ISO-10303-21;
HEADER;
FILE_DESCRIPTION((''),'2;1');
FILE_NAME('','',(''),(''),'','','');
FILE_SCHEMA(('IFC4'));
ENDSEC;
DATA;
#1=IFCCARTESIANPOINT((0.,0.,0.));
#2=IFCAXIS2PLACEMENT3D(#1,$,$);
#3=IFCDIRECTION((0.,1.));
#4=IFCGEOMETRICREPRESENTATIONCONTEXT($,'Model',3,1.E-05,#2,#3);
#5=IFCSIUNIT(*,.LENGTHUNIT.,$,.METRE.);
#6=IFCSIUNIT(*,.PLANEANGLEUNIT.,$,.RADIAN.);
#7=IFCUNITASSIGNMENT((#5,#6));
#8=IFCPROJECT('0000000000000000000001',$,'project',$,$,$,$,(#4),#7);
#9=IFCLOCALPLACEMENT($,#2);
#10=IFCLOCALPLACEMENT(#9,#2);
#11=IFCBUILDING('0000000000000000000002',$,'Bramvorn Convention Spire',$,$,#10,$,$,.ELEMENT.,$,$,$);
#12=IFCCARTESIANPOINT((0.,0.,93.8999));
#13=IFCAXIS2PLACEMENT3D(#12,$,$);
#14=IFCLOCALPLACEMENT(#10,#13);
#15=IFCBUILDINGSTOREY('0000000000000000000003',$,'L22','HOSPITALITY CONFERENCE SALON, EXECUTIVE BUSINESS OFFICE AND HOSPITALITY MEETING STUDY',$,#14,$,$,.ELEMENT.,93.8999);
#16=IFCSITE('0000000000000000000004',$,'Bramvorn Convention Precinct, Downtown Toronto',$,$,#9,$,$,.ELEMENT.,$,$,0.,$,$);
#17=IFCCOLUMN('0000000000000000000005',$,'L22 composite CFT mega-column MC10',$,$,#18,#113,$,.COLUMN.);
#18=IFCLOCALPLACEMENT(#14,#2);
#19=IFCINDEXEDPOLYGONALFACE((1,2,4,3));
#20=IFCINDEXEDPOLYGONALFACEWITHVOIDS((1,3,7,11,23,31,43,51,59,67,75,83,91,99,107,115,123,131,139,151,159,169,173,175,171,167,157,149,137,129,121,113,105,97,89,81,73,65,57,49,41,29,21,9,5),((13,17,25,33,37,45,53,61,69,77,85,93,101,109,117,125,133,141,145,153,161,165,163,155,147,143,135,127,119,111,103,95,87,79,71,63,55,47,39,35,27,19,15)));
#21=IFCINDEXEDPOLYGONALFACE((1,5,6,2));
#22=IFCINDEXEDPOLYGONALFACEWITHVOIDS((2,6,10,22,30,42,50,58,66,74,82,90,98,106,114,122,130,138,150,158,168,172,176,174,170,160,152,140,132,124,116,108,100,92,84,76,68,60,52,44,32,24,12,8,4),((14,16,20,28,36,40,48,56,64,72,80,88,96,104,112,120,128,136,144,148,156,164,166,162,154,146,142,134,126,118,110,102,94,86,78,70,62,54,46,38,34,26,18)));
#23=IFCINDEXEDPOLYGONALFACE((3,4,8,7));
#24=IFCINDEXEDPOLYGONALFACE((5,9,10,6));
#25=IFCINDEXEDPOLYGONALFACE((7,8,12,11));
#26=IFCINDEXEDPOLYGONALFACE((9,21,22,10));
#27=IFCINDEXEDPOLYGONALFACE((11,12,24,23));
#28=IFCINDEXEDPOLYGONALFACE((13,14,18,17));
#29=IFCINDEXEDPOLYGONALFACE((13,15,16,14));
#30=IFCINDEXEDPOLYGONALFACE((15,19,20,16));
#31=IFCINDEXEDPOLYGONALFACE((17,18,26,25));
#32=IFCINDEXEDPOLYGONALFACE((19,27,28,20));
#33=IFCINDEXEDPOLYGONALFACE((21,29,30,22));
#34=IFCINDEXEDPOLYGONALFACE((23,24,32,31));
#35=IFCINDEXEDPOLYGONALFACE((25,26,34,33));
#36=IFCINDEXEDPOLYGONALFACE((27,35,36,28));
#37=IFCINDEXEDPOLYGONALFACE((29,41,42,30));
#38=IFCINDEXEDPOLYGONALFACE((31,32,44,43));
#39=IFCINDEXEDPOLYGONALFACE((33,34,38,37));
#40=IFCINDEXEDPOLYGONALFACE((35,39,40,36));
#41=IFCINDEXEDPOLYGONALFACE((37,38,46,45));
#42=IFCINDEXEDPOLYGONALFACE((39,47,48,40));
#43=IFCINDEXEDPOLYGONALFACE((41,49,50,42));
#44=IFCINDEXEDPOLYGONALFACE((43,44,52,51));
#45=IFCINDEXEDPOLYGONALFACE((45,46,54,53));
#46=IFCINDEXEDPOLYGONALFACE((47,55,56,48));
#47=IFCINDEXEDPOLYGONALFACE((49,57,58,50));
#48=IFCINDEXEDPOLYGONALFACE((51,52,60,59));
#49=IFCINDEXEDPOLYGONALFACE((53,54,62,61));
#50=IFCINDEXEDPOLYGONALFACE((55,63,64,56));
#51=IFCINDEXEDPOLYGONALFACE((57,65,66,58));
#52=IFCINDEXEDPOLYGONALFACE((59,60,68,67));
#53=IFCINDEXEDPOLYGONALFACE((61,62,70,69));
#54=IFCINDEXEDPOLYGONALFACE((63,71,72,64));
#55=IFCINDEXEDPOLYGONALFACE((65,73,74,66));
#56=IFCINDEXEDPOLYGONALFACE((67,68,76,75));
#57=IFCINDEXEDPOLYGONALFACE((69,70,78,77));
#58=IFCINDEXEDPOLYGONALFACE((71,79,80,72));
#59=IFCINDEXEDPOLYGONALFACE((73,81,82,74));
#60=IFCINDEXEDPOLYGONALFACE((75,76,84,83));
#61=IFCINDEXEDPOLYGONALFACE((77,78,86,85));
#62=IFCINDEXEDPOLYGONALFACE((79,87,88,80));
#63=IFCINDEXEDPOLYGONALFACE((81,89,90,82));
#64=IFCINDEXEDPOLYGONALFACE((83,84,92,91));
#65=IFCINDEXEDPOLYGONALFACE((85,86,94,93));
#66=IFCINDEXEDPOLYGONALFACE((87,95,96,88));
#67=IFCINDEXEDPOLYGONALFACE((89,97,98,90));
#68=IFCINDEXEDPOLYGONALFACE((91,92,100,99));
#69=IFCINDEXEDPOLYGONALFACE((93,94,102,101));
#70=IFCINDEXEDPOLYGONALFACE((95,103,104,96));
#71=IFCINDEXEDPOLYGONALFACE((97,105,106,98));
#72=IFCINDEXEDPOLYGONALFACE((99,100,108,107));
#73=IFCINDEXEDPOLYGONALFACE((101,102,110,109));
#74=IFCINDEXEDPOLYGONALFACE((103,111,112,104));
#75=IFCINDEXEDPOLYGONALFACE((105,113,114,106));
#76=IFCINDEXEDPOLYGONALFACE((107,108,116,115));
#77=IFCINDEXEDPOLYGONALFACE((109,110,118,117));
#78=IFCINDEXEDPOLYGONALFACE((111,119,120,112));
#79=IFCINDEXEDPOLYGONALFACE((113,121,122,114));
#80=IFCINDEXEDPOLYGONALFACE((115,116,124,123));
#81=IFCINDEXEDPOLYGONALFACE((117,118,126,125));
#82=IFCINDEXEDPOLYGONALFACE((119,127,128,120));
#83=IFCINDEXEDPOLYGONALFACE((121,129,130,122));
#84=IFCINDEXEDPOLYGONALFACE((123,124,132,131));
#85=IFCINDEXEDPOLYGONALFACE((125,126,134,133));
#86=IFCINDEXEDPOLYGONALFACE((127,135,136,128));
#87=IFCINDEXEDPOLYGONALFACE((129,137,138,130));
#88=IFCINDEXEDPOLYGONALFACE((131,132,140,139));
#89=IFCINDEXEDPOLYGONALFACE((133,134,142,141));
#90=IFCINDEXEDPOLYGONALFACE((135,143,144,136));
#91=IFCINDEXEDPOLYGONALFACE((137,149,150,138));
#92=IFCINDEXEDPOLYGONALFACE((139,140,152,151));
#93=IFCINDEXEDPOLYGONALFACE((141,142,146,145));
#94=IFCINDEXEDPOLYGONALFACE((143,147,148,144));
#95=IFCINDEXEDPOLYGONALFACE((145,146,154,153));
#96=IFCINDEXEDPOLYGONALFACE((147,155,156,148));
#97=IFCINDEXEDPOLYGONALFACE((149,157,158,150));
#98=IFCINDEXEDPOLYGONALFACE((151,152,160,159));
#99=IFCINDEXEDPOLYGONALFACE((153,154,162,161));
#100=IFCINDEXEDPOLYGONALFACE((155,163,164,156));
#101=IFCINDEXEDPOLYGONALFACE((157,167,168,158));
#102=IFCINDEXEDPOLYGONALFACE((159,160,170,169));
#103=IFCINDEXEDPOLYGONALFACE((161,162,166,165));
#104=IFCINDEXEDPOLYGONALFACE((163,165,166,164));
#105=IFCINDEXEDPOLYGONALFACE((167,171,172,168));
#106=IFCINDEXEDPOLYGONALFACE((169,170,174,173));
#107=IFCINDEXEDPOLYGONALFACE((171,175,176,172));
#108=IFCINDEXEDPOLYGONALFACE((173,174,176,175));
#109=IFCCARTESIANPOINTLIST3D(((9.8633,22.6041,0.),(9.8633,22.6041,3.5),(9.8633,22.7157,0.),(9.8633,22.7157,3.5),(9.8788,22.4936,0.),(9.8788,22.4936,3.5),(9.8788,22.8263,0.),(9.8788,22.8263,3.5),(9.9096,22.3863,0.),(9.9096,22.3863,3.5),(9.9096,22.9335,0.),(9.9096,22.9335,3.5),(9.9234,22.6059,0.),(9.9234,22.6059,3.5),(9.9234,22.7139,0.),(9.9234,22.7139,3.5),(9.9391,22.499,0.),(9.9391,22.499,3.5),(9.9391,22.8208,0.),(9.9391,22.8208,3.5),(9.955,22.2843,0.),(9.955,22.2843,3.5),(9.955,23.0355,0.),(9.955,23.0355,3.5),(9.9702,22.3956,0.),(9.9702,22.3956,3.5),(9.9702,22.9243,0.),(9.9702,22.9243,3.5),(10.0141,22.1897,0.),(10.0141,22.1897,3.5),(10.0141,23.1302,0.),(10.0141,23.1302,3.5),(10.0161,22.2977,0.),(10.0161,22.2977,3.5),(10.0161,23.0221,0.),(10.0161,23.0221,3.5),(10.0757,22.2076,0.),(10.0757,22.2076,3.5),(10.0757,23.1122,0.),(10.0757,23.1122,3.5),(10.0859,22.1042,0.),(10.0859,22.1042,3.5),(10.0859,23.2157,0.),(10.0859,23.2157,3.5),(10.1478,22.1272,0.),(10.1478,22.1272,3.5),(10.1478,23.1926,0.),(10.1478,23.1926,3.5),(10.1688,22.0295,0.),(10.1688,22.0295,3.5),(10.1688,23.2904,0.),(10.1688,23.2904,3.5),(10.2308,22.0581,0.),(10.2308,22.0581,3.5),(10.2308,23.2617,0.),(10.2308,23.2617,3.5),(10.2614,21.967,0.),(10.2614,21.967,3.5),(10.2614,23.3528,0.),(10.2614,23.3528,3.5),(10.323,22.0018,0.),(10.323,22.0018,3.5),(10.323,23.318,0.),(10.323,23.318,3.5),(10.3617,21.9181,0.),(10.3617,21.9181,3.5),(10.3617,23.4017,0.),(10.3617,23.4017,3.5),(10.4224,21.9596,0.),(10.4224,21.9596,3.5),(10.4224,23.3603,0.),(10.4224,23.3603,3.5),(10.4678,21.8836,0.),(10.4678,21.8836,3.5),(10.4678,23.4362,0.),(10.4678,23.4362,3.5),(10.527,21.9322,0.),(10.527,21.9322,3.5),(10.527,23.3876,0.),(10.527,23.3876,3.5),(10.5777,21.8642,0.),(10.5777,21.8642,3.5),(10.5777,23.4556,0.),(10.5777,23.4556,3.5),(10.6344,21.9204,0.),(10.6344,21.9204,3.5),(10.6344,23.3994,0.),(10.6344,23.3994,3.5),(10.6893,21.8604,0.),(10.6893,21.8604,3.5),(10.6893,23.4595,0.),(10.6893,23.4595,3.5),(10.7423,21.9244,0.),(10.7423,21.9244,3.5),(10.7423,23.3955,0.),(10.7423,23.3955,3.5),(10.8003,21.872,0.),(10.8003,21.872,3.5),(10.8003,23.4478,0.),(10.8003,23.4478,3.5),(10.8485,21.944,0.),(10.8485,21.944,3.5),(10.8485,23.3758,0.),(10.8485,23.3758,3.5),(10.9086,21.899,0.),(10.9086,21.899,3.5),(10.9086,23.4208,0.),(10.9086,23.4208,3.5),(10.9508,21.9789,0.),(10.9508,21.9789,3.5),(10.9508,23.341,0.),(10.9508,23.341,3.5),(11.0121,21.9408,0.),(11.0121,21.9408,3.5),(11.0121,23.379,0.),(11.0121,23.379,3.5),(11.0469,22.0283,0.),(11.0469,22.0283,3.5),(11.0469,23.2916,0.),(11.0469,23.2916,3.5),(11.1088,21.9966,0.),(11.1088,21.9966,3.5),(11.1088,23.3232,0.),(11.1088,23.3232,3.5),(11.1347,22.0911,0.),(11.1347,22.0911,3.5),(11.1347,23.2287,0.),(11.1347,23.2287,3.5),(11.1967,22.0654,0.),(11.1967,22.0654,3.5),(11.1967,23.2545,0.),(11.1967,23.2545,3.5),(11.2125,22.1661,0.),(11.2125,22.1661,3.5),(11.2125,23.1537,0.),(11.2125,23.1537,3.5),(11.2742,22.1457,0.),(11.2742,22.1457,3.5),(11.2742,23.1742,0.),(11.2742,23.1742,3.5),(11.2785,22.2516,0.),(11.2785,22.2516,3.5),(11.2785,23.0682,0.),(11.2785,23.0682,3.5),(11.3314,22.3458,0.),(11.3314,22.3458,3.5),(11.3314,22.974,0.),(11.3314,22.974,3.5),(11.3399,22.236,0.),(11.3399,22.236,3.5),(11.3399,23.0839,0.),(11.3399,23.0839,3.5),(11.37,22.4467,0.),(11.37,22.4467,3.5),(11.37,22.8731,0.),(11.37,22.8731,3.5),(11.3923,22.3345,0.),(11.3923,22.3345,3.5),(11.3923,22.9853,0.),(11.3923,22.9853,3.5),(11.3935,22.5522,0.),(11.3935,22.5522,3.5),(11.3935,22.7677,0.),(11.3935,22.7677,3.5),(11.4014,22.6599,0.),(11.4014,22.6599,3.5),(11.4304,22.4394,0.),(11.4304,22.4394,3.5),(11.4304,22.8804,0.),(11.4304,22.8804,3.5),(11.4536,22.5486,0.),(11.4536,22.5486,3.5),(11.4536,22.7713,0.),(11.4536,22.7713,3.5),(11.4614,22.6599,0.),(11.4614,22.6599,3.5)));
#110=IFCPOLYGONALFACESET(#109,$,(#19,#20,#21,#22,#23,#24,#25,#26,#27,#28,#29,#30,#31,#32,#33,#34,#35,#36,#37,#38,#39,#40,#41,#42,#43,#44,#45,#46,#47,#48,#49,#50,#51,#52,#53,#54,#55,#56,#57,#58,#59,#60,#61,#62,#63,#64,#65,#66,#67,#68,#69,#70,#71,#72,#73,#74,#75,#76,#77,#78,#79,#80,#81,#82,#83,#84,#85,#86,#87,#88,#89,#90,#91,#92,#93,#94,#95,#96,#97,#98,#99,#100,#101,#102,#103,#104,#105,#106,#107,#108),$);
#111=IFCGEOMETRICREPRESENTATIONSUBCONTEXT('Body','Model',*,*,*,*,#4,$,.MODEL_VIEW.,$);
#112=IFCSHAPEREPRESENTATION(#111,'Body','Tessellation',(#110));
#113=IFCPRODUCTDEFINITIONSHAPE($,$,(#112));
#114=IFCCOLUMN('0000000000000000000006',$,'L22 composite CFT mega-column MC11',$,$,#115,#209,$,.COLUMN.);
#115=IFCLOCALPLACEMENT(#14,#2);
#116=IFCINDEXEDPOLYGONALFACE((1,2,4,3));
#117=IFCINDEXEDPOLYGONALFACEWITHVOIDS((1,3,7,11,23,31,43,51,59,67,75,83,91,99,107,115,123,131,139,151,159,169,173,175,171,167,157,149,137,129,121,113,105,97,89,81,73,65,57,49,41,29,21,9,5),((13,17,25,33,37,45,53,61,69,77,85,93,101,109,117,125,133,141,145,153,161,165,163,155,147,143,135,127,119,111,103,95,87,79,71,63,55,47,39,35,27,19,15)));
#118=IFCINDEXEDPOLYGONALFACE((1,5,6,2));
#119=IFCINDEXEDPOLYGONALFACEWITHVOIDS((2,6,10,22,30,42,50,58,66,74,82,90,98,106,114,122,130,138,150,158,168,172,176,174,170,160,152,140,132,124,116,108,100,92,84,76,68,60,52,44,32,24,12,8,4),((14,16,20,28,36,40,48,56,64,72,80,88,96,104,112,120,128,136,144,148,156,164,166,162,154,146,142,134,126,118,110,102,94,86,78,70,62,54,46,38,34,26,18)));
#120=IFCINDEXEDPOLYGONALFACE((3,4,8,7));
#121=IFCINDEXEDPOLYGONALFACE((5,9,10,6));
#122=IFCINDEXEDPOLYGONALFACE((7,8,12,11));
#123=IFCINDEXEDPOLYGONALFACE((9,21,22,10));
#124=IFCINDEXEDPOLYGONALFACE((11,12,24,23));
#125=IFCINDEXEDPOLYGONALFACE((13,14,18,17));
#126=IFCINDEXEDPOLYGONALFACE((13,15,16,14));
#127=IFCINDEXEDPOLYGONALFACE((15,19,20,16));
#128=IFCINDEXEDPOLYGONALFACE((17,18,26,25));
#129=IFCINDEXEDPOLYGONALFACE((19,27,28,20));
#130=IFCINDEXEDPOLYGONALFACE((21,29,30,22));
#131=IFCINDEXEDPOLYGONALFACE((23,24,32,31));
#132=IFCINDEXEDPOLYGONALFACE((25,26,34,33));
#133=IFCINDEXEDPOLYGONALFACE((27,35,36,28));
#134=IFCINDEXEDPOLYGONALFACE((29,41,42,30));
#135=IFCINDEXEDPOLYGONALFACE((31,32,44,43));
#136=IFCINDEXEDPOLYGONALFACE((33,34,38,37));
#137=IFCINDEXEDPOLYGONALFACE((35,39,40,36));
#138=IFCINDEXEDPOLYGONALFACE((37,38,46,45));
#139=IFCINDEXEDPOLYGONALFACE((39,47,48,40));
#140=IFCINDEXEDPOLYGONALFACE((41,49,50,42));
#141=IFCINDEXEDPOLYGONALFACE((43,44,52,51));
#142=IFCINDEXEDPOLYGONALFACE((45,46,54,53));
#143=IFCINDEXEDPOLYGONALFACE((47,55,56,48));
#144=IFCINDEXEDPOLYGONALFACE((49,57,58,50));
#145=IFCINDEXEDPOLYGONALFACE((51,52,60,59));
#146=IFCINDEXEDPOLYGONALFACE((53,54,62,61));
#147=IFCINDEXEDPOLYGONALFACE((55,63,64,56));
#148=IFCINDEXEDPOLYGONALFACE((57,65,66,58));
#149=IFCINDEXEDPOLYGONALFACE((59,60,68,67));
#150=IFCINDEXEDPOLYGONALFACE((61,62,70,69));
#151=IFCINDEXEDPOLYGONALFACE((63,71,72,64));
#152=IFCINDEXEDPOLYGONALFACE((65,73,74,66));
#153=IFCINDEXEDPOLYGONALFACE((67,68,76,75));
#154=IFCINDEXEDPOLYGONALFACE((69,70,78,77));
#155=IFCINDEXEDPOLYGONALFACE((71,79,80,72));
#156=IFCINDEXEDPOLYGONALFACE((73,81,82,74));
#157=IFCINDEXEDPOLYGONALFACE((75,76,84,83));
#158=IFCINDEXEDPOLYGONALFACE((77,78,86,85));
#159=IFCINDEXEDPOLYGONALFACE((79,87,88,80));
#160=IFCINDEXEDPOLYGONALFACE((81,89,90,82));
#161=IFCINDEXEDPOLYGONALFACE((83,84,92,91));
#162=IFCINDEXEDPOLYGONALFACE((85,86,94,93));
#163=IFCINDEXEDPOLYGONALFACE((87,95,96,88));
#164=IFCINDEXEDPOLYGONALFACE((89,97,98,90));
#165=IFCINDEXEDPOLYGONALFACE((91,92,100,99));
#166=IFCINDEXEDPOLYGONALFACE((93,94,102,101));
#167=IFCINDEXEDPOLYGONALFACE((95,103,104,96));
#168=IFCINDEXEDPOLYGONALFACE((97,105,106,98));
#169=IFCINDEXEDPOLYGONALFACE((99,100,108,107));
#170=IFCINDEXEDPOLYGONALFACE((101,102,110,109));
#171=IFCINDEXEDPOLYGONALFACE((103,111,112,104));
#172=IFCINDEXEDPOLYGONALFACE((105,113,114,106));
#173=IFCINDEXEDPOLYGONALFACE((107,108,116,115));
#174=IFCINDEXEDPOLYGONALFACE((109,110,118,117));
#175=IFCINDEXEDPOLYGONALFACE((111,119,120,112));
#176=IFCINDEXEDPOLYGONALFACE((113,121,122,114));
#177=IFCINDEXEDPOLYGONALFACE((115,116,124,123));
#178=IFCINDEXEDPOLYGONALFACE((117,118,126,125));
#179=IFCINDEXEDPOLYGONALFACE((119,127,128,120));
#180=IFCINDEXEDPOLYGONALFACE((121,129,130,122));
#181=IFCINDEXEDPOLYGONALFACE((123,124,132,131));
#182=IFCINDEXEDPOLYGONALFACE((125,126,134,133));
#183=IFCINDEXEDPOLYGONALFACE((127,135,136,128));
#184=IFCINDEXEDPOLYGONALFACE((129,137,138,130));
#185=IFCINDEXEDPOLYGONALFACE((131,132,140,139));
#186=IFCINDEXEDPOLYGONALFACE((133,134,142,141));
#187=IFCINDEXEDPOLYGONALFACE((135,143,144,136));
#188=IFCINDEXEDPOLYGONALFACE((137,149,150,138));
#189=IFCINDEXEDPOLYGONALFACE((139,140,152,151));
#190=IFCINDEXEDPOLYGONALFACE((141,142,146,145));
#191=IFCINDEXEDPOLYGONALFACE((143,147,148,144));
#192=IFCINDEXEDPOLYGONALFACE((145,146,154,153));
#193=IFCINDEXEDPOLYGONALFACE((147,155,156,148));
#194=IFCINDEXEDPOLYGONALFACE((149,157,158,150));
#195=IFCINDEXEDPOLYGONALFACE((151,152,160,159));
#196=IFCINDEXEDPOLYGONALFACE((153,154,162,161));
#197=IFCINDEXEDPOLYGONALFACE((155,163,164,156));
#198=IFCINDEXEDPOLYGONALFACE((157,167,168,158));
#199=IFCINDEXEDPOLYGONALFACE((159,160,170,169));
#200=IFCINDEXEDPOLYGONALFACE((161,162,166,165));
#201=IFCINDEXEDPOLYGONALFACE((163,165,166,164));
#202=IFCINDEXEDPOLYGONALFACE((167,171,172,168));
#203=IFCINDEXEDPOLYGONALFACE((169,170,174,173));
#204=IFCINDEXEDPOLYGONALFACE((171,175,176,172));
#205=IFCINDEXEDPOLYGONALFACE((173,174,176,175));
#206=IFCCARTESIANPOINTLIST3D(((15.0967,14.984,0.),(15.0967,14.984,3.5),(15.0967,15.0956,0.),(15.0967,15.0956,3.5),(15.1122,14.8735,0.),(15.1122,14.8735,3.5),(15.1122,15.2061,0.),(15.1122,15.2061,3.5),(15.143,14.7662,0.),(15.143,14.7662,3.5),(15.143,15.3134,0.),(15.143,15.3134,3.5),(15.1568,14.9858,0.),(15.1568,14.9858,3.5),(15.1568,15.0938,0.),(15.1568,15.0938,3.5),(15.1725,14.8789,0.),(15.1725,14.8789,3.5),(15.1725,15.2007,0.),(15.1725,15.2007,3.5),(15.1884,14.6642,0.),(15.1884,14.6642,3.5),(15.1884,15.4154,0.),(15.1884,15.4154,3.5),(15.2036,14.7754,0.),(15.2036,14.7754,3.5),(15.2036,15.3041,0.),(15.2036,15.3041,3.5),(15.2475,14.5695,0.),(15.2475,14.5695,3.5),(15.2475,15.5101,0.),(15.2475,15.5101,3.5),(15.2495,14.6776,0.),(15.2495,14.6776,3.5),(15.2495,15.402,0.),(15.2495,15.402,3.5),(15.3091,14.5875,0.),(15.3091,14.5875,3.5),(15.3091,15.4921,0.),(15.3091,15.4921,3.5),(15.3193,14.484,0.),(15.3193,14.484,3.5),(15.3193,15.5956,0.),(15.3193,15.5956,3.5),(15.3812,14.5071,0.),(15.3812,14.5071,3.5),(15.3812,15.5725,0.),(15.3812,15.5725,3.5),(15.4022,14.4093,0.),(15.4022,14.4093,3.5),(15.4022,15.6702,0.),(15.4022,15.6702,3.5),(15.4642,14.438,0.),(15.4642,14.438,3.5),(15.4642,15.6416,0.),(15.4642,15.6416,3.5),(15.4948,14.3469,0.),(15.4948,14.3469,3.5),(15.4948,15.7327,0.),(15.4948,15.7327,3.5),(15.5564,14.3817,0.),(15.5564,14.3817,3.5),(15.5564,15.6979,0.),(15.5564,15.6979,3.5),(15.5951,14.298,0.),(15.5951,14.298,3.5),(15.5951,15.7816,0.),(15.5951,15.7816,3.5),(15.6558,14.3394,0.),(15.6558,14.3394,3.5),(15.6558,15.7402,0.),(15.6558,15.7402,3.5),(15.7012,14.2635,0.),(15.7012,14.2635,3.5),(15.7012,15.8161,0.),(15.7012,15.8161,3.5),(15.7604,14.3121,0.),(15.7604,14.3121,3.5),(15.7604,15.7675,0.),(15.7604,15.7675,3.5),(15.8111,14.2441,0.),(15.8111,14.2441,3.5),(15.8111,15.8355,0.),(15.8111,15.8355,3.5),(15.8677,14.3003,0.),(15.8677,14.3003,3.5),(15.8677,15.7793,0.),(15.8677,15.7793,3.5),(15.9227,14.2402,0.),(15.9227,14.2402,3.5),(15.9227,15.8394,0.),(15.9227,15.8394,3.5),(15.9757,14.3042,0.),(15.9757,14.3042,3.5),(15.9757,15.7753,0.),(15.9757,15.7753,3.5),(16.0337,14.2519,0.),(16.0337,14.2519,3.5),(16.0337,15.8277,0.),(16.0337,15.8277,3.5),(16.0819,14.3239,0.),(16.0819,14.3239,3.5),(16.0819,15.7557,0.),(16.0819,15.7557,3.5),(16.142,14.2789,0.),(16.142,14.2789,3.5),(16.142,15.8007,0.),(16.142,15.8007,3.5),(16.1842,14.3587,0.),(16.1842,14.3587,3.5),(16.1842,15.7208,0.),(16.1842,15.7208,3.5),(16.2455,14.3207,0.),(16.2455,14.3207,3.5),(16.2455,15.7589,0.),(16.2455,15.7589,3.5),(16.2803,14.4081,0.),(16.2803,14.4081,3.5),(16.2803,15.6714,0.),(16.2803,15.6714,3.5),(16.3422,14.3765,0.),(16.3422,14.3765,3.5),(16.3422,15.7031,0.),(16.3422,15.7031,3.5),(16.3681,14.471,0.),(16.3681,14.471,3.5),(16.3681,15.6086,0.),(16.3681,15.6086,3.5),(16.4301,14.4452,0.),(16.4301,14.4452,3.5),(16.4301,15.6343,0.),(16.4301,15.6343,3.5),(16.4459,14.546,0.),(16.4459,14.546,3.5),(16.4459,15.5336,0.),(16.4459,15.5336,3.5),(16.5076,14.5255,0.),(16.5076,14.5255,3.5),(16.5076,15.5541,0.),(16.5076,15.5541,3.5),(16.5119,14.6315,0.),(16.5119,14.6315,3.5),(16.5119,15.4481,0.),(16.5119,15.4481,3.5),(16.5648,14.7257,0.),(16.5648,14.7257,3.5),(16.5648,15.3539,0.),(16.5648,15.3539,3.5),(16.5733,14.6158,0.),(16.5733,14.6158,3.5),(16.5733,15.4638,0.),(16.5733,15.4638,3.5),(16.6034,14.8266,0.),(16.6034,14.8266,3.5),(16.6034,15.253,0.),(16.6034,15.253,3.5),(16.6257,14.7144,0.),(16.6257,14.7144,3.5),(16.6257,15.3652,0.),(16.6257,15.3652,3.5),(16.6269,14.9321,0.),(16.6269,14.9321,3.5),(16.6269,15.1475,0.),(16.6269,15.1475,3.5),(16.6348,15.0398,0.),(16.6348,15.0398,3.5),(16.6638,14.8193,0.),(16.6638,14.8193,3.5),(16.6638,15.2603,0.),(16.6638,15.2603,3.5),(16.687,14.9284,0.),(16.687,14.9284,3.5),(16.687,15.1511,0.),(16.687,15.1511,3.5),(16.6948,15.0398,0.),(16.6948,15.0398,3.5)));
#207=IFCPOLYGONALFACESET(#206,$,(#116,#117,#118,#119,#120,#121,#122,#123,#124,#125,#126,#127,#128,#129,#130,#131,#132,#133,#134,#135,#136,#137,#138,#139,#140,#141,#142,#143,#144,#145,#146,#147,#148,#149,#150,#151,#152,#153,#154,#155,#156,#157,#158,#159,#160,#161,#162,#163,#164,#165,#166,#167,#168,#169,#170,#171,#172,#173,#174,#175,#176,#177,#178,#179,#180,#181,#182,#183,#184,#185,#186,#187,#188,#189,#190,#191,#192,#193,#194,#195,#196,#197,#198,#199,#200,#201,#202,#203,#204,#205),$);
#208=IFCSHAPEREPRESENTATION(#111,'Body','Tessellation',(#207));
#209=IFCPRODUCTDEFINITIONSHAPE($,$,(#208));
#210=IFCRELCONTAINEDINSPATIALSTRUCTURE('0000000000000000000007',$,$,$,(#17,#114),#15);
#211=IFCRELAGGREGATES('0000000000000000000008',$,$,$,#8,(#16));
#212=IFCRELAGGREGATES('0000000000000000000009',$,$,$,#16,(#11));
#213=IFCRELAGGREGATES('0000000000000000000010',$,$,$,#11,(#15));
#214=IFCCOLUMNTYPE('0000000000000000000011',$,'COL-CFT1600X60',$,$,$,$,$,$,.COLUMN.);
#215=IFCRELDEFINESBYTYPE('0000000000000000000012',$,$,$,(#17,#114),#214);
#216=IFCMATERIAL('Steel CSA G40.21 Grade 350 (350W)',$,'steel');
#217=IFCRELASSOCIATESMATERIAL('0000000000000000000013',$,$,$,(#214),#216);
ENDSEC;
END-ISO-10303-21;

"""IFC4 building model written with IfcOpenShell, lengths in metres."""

from ifc_helpers import new_model, si_unit, direction, frame, origin, origin_2d, place, context, subcontext, project, spatial, hollow_circle, extrude, material, material_profile, profile_set, type_object, element, save


model = new_model("IFC4")

# Units and contexts
model_context = context("Model", 3, precision=1e-05, world=origin(), true_north=direction((0.0, 1.0)))
body_context = subcontext(model_context, "Body", "Model", "MODEL_VIEW")
ifc_project = project(units=[si_unit("LENGTHUNIT", "METRE"), si_unit("PLANEANGLEUNIT", "RADIAN")], contexts=[model_context])

# Site, building, storey
site_placement = place(None, origin())
site = spatial("IfcSite", under=ifc_project, at=site_placement, Name="Bramvorn Convention Precinct, Downtown Toronto", CompositionType="ELEMENT", RefElevation=0.0)
building_placement = place(site_placement, origin())
building = spatial("IfcBuilding", under=site, at=building_placement, Name="Bramvorn Convention Spire", CompositionType="ELEMENT")
storey_placement = place(building_placement, frame((0.0, 0.0, 93.8999)))
storey = spatial("IfcBuildingStorey", under=building, at=storey_placement, Name="L22", Description="HOSPITALITY CONFERENCE SALON, EXECUTIVE BUSINESS OFFICE AND HOSPITALITY MEETING STUDY", CompositionType="ELEMENT", Elevation=93.8999)

# Columns
ifc_material_1 = material(Name="Steel CSA G40.21 Grade 350 (350W)", Category="steel")
ifc_material_profile_1 = material_profile(ifc_material_1, hollow_circle(Radius=0.8, WallThickness=0.0601, at=origin_2d()))
ifc_profile_set_1 = profile_set([ifc_material_profile_1], Name="Steel CSA G40.21 Grade 350 (350W) - CFT1600X60")
column_type = type_object("IfcColumnType", Name="COL-CFT1600X60", PredefinedType="COLUMN", material=ifc_profile_set_1)
for number, where, z_axis, x_axis, name in (
    (1, (10.6614, 22.6599, 0.0), (0.0, 0.0, 1.0), (1.0, 0.0, 0.0), "L22 composite CFT mega-column MC10"),
    (2, (15.8948, 15.0398, 0.0), (0.0, 0.0, 1.0), (1.0, 0.0, 0.0), "L22 composite CFT mega-column MC11"),
):
    element("IfcColumn", number, at=place(storey_placement, frame(where, z_axis=z_axis, x_axis=x_axis)), inside=storey, type_object=column_type, Name=name, PredefinedType="COLUMN", context=body_context, shape_type="SweptSolid", body=[
        extrude(hollow_circle(Radius=0.8, WallThickness=0.0601, at=origin_2d()), origin(), (0.0, 0.0, 1.0), 3.5),
    ])

save(model, "model.ifc")
